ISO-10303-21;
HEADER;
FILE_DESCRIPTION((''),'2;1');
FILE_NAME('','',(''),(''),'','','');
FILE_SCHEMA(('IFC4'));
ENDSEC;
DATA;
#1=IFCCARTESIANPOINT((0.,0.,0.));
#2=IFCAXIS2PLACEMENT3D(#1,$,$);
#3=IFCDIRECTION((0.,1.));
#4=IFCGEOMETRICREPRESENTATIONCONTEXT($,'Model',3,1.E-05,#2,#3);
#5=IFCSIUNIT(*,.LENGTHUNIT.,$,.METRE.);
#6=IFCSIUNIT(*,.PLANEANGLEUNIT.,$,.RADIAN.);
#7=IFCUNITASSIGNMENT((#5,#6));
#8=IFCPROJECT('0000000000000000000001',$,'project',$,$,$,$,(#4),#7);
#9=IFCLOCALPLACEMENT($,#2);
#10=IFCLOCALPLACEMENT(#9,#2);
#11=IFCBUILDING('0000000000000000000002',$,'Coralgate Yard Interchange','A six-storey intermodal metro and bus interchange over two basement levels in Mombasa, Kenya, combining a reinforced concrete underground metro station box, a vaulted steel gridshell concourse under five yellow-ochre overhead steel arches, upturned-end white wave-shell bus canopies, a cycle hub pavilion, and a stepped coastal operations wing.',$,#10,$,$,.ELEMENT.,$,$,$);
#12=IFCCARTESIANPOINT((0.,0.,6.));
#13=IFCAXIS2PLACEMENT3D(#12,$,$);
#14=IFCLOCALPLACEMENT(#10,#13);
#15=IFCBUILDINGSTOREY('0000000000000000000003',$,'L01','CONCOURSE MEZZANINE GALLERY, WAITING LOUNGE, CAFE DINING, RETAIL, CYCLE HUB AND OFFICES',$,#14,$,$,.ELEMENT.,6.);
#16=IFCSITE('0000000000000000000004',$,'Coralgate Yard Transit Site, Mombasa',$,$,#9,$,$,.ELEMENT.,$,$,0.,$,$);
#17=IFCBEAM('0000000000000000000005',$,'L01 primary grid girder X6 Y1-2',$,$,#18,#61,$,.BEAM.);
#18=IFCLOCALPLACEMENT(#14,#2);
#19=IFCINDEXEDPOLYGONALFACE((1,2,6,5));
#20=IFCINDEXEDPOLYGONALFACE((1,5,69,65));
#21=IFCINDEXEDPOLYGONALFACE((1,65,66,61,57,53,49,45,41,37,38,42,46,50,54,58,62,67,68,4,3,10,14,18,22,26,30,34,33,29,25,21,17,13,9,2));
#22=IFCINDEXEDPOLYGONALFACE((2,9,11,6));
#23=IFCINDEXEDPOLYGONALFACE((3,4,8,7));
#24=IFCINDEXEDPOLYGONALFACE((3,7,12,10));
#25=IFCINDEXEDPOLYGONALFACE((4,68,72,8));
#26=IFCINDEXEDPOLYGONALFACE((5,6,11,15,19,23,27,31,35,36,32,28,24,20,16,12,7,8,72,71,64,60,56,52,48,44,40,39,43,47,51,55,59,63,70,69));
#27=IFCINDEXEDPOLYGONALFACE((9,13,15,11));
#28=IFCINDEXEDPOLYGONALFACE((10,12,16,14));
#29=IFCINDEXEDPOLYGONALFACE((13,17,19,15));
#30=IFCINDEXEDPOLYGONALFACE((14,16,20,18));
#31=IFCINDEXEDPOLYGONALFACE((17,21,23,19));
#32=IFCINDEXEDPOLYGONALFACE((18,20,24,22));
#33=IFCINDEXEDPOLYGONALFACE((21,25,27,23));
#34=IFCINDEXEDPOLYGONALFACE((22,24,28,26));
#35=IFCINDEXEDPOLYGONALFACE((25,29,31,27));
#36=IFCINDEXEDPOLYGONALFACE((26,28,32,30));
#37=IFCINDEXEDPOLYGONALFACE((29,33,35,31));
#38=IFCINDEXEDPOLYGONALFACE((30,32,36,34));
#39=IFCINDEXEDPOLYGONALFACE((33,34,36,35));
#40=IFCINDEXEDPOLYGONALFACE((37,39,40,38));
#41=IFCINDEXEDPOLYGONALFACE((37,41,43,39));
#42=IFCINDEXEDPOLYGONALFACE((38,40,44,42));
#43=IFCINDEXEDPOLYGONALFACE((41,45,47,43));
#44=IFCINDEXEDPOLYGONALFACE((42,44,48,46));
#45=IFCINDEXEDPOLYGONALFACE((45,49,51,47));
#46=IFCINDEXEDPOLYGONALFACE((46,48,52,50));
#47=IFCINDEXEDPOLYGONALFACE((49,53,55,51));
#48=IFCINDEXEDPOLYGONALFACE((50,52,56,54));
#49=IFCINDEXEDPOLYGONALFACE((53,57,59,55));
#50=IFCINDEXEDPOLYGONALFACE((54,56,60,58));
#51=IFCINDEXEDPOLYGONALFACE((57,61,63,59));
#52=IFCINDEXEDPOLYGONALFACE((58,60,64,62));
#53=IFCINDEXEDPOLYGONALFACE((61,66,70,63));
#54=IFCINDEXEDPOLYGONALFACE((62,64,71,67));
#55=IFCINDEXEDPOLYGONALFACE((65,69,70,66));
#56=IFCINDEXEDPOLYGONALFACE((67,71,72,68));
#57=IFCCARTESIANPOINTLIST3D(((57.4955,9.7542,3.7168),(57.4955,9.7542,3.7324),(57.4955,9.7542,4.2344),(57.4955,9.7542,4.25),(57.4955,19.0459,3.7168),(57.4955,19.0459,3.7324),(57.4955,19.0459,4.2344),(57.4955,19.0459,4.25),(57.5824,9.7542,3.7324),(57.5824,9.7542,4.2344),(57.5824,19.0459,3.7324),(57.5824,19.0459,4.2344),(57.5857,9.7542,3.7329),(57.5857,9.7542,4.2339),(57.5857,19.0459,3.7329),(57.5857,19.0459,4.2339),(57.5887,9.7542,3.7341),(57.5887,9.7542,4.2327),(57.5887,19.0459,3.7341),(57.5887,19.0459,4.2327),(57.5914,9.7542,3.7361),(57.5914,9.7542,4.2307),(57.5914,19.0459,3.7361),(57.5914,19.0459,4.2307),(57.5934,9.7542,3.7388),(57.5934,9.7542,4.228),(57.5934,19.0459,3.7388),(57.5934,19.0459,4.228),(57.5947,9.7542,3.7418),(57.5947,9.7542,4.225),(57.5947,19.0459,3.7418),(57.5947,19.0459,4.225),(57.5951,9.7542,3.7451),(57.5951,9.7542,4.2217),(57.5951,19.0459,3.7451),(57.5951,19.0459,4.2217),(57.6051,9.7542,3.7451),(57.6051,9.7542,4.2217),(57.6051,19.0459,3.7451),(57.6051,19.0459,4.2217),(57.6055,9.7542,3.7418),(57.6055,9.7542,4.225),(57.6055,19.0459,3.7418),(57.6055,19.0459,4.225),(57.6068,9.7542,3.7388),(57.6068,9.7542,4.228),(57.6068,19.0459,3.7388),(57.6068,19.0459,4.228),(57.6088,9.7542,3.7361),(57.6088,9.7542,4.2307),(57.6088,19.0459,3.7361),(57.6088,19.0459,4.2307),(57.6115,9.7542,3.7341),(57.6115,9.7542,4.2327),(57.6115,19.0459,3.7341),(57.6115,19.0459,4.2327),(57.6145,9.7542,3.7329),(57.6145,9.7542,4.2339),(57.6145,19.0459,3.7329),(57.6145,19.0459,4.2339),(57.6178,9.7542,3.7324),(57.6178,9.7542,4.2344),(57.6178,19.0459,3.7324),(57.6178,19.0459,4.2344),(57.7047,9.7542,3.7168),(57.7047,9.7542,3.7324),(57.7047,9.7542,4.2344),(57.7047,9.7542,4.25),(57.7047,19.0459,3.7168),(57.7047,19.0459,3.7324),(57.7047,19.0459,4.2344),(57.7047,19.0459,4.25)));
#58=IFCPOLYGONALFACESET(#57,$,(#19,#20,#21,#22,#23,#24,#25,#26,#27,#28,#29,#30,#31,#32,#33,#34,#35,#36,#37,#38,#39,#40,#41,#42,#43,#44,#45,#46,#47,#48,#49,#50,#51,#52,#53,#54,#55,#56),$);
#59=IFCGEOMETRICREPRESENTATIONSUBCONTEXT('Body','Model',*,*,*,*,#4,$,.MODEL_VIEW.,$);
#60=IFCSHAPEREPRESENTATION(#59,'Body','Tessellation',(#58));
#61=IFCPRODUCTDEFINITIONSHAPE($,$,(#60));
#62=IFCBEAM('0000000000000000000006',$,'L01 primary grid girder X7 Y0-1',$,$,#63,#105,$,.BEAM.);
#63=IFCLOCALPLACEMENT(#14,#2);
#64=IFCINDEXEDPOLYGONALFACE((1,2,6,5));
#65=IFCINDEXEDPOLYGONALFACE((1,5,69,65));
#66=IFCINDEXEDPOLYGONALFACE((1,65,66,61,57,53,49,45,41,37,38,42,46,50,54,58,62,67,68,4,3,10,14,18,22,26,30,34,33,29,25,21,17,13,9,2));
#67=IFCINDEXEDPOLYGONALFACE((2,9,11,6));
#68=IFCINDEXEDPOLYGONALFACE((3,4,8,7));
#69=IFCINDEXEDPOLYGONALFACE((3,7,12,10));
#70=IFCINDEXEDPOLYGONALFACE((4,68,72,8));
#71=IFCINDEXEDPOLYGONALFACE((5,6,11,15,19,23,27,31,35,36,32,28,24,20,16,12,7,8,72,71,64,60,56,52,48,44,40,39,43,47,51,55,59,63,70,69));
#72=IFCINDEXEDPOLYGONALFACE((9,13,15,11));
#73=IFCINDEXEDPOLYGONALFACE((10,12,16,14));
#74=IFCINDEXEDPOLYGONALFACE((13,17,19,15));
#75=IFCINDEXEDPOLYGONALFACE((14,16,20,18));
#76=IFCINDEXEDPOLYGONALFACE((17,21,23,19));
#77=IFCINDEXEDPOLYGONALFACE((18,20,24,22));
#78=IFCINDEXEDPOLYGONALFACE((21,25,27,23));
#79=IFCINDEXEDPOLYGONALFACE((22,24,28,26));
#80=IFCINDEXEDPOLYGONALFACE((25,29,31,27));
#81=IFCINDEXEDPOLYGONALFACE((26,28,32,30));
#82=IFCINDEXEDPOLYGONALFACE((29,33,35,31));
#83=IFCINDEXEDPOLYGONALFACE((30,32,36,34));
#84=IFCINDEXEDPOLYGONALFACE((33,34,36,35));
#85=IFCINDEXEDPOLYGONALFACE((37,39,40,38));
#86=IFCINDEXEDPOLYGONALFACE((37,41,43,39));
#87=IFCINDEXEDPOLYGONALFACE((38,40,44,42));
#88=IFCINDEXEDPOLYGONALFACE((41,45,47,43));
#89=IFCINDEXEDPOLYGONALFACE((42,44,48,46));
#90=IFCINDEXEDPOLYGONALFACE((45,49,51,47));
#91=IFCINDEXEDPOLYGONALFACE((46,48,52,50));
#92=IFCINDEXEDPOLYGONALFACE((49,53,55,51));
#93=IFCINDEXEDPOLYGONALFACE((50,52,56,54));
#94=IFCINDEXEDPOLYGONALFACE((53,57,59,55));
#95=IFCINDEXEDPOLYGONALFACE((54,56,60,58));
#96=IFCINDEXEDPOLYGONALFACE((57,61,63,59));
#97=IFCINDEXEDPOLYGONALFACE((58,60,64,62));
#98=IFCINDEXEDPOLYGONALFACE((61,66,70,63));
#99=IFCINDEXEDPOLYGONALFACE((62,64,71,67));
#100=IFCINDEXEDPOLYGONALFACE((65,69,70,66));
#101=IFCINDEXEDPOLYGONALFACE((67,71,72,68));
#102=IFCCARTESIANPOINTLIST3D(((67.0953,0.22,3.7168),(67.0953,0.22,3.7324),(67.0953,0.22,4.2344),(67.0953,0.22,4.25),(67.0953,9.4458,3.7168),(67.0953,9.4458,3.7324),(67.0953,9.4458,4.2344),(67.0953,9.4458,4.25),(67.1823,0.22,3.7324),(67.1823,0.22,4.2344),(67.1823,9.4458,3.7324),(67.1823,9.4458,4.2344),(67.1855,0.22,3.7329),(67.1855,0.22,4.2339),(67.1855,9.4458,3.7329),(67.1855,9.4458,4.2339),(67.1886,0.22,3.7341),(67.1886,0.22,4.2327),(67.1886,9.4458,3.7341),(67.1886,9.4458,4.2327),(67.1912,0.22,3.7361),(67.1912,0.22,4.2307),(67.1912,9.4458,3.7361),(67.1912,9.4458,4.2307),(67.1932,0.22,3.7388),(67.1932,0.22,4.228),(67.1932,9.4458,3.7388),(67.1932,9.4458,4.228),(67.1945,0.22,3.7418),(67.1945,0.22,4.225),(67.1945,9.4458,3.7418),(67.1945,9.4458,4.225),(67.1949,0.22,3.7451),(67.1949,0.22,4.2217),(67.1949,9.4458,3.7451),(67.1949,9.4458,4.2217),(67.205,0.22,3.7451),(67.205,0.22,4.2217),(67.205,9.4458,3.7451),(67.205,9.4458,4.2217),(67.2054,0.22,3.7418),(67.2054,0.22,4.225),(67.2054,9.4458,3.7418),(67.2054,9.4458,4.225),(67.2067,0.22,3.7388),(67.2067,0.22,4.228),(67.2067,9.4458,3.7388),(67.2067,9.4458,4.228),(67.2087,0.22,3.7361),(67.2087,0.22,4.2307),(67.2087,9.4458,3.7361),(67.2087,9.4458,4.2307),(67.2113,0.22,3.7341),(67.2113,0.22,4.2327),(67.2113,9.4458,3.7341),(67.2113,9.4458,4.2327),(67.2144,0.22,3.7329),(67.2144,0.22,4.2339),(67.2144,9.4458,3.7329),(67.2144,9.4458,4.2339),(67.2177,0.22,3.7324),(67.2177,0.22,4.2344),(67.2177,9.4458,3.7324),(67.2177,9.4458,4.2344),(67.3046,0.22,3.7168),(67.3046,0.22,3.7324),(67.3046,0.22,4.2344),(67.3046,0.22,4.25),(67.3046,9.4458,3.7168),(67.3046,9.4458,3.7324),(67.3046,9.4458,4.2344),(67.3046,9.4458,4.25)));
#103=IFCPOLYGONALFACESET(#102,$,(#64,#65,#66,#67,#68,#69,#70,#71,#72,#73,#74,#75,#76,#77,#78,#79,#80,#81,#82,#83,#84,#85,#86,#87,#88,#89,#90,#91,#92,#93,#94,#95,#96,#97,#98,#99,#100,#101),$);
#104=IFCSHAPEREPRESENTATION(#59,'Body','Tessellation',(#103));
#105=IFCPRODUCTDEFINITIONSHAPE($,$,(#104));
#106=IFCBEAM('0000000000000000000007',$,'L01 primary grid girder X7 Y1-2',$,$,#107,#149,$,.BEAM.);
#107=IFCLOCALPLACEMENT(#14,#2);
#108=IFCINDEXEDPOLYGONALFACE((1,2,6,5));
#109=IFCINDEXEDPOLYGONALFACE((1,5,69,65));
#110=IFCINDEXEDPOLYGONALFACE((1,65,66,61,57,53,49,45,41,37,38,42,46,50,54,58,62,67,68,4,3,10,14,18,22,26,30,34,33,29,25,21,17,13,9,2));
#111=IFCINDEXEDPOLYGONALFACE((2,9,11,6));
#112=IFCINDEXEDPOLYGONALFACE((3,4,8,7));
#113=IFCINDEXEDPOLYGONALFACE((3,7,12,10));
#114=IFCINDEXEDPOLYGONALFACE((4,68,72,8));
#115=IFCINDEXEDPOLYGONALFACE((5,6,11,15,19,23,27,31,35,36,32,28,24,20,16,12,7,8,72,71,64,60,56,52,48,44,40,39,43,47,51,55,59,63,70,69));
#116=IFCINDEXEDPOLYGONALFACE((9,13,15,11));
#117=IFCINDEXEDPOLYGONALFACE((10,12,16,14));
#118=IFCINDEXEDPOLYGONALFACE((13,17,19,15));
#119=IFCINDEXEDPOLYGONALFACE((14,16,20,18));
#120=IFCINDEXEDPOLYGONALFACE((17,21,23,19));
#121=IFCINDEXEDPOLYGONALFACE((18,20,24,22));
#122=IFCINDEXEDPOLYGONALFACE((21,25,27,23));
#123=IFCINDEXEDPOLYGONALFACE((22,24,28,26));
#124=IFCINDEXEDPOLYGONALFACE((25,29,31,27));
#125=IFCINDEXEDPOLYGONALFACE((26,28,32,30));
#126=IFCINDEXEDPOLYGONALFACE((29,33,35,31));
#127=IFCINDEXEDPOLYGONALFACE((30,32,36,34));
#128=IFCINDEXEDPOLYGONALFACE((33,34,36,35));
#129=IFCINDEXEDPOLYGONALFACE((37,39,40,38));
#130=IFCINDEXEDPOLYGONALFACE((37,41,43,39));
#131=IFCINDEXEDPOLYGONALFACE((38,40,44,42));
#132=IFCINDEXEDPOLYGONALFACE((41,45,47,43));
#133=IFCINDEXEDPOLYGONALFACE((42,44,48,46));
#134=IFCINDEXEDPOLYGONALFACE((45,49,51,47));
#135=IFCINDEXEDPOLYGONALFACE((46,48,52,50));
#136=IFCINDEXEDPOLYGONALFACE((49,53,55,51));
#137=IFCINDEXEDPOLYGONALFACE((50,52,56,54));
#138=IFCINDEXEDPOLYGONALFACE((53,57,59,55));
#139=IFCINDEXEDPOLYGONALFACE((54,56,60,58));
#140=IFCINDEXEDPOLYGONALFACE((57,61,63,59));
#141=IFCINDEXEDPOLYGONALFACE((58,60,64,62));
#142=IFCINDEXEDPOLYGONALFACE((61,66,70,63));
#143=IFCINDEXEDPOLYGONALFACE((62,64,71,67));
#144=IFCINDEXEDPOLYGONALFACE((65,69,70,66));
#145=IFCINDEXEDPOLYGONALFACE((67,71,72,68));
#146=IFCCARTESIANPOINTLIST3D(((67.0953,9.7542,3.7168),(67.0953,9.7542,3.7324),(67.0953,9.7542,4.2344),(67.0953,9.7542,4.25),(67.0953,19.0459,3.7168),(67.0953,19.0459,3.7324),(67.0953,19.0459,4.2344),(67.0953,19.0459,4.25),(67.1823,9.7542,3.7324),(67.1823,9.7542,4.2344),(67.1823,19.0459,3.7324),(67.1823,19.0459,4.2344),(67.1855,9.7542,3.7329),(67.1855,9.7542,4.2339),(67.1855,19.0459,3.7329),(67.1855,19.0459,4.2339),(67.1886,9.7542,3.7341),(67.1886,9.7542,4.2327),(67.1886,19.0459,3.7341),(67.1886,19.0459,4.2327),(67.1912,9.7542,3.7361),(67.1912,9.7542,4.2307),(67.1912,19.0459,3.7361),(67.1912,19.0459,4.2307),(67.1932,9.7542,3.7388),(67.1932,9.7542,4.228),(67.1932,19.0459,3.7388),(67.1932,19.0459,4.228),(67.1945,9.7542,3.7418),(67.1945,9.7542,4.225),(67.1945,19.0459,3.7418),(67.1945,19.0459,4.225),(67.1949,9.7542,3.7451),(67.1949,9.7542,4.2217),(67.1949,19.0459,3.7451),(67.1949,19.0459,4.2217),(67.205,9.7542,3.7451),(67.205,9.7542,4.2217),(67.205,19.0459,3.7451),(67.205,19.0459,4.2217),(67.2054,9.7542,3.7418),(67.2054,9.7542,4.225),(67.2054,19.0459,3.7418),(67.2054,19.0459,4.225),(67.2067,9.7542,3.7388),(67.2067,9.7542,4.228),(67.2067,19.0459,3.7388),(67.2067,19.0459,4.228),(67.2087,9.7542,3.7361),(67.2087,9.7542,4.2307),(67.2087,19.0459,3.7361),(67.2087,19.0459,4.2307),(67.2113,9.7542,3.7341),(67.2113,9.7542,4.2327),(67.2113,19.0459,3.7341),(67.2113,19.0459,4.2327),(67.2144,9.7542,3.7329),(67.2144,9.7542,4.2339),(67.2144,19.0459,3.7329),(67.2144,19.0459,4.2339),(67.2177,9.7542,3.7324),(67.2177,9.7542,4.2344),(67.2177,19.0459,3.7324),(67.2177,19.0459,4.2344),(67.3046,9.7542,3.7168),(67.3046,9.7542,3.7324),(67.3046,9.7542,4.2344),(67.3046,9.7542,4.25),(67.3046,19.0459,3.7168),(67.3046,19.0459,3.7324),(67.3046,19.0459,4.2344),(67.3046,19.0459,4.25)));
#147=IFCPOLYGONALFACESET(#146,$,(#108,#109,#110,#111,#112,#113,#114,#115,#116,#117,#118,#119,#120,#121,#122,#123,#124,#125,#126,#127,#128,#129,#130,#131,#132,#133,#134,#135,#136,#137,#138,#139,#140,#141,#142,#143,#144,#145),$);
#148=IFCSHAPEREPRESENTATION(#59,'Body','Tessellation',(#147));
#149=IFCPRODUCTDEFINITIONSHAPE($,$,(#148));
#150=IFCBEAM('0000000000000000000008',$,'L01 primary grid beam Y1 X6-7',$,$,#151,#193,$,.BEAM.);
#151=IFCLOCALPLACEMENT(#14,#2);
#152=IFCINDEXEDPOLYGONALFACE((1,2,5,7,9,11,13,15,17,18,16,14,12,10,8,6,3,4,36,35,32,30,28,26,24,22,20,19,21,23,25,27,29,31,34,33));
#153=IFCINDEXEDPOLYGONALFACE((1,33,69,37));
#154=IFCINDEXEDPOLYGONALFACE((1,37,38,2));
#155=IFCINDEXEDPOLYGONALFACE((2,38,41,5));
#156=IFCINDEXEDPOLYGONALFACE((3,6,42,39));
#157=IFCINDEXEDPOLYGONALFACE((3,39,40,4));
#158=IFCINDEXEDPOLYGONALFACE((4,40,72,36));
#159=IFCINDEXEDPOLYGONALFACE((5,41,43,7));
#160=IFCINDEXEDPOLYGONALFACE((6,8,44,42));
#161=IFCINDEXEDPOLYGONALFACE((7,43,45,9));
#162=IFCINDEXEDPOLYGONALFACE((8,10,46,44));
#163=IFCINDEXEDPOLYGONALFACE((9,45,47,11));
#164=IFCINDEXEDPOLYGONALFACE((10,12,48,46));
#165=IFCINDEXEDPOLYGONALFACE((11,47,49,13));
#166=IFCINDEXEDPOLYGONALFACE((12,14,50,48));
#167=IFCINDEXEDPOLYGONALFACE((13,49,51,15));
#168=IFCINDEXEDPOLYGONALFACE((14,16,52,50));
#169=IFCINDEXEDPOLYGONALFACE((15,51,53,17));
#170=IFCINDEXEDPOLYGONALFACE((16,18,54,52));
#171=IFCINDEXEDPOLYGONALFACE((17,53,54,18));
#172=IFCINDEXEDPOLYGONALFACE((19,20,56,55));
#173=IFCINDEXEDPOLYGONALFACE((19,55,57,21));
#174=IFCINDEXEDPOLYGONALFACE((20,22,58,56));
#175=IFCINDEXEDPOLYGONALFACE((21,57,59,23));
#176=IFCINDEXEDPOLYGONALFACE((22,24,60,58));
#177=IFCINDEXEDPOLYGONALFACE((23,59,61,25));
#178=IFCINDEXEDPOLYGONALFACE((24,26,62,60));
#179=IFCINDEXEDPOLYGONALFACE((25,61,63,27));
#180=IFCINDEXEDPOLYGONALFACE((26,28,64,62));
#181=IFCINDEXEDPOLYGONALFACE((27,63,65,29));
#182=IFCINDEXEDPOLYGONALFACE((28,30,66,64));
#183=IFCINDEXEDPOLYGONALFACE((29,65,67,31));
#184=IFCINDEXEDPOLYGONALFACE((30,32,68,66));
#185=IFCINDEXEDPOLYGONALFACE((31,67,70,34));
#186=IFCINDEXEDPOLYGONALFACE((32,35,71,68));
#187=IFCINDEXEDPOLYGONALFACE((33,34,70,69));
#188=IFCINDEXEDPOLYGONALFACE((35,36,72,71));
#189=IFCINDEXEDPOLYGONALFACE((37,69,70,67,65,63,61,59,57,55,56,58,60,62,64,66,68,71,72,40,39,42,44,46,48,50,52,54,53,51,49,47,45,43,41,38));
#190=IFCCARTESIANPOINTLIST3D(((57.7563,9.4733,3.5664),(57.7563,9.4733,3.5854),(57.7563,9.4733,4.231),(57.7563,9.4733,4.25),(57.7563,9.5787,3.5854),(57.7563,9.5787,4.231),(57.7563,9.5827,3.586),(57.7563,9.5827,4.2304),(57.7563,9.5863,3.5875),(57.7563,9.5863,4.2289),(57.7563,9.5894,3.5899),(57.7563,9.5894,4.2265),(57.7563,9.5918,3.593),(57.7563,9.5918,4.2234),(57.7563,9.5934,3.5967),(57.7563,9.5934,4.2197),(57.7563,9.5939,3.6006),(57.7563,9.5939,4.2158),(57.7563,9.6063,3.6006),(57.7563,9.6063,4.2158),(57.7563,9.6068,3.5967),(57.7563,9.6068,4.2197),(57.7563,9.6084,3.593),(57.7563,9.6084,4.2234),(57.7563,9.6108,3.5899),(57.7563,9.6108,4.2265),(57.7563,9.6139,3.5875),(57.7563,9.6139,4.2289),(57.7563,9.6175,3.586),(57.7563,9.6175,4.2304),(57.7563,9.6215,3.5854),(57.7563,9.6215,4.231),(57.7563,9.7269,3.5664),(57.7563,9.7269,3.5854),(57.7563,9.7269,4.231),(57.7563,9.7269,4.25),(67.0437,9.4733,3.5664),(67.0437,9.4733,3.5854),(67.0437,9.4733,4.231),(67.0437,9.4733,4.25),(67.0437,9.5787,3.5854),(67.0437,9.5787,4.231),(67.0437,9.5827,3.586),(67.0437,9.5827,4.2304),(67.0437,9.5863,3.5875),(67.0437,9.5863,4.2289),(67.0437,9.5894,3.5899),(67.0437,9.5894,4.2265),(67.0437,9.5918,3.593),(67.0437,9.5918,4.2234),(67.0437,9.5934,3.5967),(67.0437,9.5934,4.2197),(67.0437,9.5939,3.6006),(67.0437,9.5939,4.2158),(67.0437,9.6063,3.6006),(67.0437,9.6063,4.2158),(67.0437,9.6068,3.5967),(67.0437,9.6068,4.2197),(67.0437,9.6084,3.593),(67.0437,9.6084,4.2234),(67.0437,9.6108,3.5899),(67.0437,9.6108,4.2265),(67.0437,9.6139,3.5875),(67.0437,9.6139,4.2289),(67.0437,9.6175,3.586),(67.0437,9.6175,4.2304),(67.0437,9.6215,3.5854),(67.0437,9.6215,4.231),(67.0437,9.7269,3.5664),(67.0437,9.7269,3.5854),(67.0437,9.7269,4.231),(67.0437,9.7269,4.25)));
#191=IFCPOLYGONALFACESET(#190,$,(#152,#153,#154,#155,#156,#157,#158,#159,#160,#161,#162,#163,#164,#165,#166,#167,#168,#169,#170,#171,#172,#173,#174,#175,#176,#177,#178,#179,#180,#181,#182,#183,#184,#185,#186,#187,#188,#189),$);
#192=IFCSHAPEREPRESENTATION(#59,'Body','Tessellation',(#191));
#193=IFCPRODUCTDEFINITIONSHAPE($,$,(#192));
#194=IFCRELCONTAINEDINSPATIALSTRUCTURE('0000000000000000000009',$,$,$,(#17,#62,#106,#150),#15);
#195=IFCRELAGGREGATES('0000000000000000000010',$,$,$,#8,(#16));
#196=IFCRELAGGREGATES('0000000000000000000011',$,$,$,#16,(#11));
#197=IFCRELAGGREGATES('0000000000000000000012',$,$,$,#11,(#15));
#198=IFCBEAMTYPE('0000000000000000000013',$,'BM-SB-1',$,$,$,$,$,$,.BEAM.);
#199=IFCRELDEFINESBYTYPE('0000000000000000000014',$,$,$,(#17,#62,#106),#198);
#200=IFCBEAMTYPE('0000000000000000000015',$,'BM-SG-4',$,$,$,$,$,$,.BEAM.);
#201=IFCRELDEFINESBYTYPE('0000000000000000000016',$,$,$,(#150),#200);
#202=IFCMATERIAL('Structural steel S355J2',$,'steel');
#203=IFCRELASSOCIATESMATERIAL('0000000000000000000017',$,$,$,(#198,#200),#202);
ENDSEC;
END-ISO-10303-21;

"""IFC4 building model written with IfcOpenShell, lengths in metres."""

from ifc_helpers import new_model, si_unit, direction, frame, origin, origin_2d, place, context, subcontext, project, spatial, i_section, extrude, material, material_profile, profile_set, type_object, element, save


model = new_model("IFC4")

# Units and contexts
model_context = context("Model", 3, precision=1e-05, world=origin(), true_north=direction((0.0, 1.0)))
body_context = subcontext(model_context, "Body", "Model", "MODEL_VIEW")
ifc_project = project(units=[si_unit("LENGTHUNIT", "METRE"), si_unit("PLANEANGLEUNIT", "RADIAN")], contexts=[model_context])

# Site, building, storey
site_placement = place(None, origin())
site = spatial("IfcSite", under=ifc_project, at=site_placement, Name="Coralgate Yard Transit Site, Mombasa", CompositionType="ELEMENT", RefElevation=0.0)
building_placement = place(site_placement, origin())
building = spatial("IfcBuilding", under=site, at=building_placement, Name="Coralgate Yard Interchange", Description="A six-storey intermodal metro and bus interchange over two basement levels in Mombasa, Kenya, combining a reinforced concrete underground metro station box, a vaulted steel gridshell concourse under five yellow-ochre overhead steel arches, upturned-end white wave-shell bus canopies, a cycle hub pavilion, and a stepped coastal operations wing.", CompositionType="ELEMENT")
storey_placement = place(building_placement, frame((0.0, 0.0, 6.0)))
storey = spatial("IfcBuildingStorey", under=building, at=storey_placement, Name="L01", Description="CONCOURSE MEZZANINE GALLERY, WAITING LOUNGE, CAFE DINING, RETAIL, CYCLE HUB AND OFFICES", CompositionType="ELEMENT", Elevation=6.0)

# Shared definitions
ifc_material_1 = material(Name="Structural steel S355J2", Category="steel")

# Beams
ifc_material_profile_1 = material_profile(ifc_material_1, i_section(OverallWidth=0.2092, OverallDepth=0.5332, WebThickness=0.01, FlangeThickness=0.0156, FilletRadius=0.0127, at=origin_2d()), Name="UB 533x210x92")
ifc_profile_set_1 = profile_set([ifc_material_profile_1], Name="Structural steel S355J2")
beam_type_1 = type_object("IfcBeamType", Name="BM-SB-1", PredefinedType="BEAM", material=ifc_profile_set_1)
beam_1_placement = place(storey_placement, frame((57.6001, 9.7542, 3.9834), z_axis=(0.0, 1.0, 0.0), x_axis=(-1.0, 0.0, 0.0)))
element("IfcBeam", 1, at=beam_1_placement, inside=storey, type_object=beam_type_1, Name="L01 primary grid girder X6 Y1-2", PredefinedType="BEAM", context=body_context, shape_type="SweptSolid", body=[
    extrude(i_section(OverallWidth=0.2092, OverallDepth=0.5332, WebThickness=0.01, FlangeThickness=0.0156, FilletRadius=0.0127, at=origin_2d()), origin(), (0.0, 0.0, 1.0), 9.2917),
])
beam_2_placement = place(storey_placement, frame((67.2, 0.22, 3.9834), z_axis=(0.0, 1.0, 0.0), x_axis=(-1.0, 0.0, 0.0)))
element("IfcBeam", 2, at=beam_2_placement, inside=storey, type_object=beam_type_1, Name="L01 primary grid girder X7 Y0-1", PredefinedType="BEAM", context=body_context, shape_type="SweptSolid", body=[
    extrude(i_section(OverallWidth=0.2092, OverallDepth=0.5332, WebThickness=0.01, FlangeThickness=0.0156, FilletRadius=0.0127, at=origin_2d()), origin(), (0.0, 0.0, 1.0), 9.2258),
])
beam_3_placement = place(storey_placement, frame((67.2, 9.7542, 3.9834), z_axis=(0.0, 1.0, 0.0), x_axis=(-1.0, 0.0, 0.0)))
element("IfcBeam", 3, at=beam_3_placement, inside=storey, type_object=beam_type_1, Name="L01 primary grid girder X7 Y1-2", PredefinedType="BEAM", context=body_context, shape_type="SweptSolid", body=[
    extrude(i_section(OverallWidth=0.2092, OverallDepth=0.5332, WebThickness=0.01, FlangeThickness=0.0156, FilletRadius=0.0127, at=origin_2d()), origin(), (0.0, 0.0, 1.0), 9.2917),
])
ifc_material_profile_2 = material_profile(ifc_material_1, i_section(OverallWidth=0.2537, OverallDepth=0.6836, WebThickness=0.0125, FlangeThickness=0.019, FilletRadius=0.0151, at=origin_2d()), Name="UB 686x254x140")
ifc_profile_set_2 = profile_set([ifc_material_profile_2], Name="Structural steel S355J2")
beam_type_2 = type_object("IfcBeamType", Name="BM-SG-4", PredefinedType="BEAM", material=ifc_profile_set_2)
beam_4_placement = place(storey_placement, frame((57.7563, 9.6001, 3.9082), z_axis=(1.0, 0.0, 0.0), x_axis=(0.0, 1.0, 0.0)))
element("IfcBeam", 4, at=beam_4_placement, inside=storey, type_object=beam_type_2, Name="L01 primary grid beam Y1 X6-7", PredefinedType="BEAM", context=body_context, shape_type="SweptSolid", body=[
    extrude(i_section(OverallWidth=0.2537, OverallDepth=0.6836, WebThickness=0.0125, FlangeThickness=0.019, FilletRadius=0.0151, at=origin_2d()), origin(), (0.0, 0.0, 1.0), 9.2874),
])

save(model, "model.ifc")
